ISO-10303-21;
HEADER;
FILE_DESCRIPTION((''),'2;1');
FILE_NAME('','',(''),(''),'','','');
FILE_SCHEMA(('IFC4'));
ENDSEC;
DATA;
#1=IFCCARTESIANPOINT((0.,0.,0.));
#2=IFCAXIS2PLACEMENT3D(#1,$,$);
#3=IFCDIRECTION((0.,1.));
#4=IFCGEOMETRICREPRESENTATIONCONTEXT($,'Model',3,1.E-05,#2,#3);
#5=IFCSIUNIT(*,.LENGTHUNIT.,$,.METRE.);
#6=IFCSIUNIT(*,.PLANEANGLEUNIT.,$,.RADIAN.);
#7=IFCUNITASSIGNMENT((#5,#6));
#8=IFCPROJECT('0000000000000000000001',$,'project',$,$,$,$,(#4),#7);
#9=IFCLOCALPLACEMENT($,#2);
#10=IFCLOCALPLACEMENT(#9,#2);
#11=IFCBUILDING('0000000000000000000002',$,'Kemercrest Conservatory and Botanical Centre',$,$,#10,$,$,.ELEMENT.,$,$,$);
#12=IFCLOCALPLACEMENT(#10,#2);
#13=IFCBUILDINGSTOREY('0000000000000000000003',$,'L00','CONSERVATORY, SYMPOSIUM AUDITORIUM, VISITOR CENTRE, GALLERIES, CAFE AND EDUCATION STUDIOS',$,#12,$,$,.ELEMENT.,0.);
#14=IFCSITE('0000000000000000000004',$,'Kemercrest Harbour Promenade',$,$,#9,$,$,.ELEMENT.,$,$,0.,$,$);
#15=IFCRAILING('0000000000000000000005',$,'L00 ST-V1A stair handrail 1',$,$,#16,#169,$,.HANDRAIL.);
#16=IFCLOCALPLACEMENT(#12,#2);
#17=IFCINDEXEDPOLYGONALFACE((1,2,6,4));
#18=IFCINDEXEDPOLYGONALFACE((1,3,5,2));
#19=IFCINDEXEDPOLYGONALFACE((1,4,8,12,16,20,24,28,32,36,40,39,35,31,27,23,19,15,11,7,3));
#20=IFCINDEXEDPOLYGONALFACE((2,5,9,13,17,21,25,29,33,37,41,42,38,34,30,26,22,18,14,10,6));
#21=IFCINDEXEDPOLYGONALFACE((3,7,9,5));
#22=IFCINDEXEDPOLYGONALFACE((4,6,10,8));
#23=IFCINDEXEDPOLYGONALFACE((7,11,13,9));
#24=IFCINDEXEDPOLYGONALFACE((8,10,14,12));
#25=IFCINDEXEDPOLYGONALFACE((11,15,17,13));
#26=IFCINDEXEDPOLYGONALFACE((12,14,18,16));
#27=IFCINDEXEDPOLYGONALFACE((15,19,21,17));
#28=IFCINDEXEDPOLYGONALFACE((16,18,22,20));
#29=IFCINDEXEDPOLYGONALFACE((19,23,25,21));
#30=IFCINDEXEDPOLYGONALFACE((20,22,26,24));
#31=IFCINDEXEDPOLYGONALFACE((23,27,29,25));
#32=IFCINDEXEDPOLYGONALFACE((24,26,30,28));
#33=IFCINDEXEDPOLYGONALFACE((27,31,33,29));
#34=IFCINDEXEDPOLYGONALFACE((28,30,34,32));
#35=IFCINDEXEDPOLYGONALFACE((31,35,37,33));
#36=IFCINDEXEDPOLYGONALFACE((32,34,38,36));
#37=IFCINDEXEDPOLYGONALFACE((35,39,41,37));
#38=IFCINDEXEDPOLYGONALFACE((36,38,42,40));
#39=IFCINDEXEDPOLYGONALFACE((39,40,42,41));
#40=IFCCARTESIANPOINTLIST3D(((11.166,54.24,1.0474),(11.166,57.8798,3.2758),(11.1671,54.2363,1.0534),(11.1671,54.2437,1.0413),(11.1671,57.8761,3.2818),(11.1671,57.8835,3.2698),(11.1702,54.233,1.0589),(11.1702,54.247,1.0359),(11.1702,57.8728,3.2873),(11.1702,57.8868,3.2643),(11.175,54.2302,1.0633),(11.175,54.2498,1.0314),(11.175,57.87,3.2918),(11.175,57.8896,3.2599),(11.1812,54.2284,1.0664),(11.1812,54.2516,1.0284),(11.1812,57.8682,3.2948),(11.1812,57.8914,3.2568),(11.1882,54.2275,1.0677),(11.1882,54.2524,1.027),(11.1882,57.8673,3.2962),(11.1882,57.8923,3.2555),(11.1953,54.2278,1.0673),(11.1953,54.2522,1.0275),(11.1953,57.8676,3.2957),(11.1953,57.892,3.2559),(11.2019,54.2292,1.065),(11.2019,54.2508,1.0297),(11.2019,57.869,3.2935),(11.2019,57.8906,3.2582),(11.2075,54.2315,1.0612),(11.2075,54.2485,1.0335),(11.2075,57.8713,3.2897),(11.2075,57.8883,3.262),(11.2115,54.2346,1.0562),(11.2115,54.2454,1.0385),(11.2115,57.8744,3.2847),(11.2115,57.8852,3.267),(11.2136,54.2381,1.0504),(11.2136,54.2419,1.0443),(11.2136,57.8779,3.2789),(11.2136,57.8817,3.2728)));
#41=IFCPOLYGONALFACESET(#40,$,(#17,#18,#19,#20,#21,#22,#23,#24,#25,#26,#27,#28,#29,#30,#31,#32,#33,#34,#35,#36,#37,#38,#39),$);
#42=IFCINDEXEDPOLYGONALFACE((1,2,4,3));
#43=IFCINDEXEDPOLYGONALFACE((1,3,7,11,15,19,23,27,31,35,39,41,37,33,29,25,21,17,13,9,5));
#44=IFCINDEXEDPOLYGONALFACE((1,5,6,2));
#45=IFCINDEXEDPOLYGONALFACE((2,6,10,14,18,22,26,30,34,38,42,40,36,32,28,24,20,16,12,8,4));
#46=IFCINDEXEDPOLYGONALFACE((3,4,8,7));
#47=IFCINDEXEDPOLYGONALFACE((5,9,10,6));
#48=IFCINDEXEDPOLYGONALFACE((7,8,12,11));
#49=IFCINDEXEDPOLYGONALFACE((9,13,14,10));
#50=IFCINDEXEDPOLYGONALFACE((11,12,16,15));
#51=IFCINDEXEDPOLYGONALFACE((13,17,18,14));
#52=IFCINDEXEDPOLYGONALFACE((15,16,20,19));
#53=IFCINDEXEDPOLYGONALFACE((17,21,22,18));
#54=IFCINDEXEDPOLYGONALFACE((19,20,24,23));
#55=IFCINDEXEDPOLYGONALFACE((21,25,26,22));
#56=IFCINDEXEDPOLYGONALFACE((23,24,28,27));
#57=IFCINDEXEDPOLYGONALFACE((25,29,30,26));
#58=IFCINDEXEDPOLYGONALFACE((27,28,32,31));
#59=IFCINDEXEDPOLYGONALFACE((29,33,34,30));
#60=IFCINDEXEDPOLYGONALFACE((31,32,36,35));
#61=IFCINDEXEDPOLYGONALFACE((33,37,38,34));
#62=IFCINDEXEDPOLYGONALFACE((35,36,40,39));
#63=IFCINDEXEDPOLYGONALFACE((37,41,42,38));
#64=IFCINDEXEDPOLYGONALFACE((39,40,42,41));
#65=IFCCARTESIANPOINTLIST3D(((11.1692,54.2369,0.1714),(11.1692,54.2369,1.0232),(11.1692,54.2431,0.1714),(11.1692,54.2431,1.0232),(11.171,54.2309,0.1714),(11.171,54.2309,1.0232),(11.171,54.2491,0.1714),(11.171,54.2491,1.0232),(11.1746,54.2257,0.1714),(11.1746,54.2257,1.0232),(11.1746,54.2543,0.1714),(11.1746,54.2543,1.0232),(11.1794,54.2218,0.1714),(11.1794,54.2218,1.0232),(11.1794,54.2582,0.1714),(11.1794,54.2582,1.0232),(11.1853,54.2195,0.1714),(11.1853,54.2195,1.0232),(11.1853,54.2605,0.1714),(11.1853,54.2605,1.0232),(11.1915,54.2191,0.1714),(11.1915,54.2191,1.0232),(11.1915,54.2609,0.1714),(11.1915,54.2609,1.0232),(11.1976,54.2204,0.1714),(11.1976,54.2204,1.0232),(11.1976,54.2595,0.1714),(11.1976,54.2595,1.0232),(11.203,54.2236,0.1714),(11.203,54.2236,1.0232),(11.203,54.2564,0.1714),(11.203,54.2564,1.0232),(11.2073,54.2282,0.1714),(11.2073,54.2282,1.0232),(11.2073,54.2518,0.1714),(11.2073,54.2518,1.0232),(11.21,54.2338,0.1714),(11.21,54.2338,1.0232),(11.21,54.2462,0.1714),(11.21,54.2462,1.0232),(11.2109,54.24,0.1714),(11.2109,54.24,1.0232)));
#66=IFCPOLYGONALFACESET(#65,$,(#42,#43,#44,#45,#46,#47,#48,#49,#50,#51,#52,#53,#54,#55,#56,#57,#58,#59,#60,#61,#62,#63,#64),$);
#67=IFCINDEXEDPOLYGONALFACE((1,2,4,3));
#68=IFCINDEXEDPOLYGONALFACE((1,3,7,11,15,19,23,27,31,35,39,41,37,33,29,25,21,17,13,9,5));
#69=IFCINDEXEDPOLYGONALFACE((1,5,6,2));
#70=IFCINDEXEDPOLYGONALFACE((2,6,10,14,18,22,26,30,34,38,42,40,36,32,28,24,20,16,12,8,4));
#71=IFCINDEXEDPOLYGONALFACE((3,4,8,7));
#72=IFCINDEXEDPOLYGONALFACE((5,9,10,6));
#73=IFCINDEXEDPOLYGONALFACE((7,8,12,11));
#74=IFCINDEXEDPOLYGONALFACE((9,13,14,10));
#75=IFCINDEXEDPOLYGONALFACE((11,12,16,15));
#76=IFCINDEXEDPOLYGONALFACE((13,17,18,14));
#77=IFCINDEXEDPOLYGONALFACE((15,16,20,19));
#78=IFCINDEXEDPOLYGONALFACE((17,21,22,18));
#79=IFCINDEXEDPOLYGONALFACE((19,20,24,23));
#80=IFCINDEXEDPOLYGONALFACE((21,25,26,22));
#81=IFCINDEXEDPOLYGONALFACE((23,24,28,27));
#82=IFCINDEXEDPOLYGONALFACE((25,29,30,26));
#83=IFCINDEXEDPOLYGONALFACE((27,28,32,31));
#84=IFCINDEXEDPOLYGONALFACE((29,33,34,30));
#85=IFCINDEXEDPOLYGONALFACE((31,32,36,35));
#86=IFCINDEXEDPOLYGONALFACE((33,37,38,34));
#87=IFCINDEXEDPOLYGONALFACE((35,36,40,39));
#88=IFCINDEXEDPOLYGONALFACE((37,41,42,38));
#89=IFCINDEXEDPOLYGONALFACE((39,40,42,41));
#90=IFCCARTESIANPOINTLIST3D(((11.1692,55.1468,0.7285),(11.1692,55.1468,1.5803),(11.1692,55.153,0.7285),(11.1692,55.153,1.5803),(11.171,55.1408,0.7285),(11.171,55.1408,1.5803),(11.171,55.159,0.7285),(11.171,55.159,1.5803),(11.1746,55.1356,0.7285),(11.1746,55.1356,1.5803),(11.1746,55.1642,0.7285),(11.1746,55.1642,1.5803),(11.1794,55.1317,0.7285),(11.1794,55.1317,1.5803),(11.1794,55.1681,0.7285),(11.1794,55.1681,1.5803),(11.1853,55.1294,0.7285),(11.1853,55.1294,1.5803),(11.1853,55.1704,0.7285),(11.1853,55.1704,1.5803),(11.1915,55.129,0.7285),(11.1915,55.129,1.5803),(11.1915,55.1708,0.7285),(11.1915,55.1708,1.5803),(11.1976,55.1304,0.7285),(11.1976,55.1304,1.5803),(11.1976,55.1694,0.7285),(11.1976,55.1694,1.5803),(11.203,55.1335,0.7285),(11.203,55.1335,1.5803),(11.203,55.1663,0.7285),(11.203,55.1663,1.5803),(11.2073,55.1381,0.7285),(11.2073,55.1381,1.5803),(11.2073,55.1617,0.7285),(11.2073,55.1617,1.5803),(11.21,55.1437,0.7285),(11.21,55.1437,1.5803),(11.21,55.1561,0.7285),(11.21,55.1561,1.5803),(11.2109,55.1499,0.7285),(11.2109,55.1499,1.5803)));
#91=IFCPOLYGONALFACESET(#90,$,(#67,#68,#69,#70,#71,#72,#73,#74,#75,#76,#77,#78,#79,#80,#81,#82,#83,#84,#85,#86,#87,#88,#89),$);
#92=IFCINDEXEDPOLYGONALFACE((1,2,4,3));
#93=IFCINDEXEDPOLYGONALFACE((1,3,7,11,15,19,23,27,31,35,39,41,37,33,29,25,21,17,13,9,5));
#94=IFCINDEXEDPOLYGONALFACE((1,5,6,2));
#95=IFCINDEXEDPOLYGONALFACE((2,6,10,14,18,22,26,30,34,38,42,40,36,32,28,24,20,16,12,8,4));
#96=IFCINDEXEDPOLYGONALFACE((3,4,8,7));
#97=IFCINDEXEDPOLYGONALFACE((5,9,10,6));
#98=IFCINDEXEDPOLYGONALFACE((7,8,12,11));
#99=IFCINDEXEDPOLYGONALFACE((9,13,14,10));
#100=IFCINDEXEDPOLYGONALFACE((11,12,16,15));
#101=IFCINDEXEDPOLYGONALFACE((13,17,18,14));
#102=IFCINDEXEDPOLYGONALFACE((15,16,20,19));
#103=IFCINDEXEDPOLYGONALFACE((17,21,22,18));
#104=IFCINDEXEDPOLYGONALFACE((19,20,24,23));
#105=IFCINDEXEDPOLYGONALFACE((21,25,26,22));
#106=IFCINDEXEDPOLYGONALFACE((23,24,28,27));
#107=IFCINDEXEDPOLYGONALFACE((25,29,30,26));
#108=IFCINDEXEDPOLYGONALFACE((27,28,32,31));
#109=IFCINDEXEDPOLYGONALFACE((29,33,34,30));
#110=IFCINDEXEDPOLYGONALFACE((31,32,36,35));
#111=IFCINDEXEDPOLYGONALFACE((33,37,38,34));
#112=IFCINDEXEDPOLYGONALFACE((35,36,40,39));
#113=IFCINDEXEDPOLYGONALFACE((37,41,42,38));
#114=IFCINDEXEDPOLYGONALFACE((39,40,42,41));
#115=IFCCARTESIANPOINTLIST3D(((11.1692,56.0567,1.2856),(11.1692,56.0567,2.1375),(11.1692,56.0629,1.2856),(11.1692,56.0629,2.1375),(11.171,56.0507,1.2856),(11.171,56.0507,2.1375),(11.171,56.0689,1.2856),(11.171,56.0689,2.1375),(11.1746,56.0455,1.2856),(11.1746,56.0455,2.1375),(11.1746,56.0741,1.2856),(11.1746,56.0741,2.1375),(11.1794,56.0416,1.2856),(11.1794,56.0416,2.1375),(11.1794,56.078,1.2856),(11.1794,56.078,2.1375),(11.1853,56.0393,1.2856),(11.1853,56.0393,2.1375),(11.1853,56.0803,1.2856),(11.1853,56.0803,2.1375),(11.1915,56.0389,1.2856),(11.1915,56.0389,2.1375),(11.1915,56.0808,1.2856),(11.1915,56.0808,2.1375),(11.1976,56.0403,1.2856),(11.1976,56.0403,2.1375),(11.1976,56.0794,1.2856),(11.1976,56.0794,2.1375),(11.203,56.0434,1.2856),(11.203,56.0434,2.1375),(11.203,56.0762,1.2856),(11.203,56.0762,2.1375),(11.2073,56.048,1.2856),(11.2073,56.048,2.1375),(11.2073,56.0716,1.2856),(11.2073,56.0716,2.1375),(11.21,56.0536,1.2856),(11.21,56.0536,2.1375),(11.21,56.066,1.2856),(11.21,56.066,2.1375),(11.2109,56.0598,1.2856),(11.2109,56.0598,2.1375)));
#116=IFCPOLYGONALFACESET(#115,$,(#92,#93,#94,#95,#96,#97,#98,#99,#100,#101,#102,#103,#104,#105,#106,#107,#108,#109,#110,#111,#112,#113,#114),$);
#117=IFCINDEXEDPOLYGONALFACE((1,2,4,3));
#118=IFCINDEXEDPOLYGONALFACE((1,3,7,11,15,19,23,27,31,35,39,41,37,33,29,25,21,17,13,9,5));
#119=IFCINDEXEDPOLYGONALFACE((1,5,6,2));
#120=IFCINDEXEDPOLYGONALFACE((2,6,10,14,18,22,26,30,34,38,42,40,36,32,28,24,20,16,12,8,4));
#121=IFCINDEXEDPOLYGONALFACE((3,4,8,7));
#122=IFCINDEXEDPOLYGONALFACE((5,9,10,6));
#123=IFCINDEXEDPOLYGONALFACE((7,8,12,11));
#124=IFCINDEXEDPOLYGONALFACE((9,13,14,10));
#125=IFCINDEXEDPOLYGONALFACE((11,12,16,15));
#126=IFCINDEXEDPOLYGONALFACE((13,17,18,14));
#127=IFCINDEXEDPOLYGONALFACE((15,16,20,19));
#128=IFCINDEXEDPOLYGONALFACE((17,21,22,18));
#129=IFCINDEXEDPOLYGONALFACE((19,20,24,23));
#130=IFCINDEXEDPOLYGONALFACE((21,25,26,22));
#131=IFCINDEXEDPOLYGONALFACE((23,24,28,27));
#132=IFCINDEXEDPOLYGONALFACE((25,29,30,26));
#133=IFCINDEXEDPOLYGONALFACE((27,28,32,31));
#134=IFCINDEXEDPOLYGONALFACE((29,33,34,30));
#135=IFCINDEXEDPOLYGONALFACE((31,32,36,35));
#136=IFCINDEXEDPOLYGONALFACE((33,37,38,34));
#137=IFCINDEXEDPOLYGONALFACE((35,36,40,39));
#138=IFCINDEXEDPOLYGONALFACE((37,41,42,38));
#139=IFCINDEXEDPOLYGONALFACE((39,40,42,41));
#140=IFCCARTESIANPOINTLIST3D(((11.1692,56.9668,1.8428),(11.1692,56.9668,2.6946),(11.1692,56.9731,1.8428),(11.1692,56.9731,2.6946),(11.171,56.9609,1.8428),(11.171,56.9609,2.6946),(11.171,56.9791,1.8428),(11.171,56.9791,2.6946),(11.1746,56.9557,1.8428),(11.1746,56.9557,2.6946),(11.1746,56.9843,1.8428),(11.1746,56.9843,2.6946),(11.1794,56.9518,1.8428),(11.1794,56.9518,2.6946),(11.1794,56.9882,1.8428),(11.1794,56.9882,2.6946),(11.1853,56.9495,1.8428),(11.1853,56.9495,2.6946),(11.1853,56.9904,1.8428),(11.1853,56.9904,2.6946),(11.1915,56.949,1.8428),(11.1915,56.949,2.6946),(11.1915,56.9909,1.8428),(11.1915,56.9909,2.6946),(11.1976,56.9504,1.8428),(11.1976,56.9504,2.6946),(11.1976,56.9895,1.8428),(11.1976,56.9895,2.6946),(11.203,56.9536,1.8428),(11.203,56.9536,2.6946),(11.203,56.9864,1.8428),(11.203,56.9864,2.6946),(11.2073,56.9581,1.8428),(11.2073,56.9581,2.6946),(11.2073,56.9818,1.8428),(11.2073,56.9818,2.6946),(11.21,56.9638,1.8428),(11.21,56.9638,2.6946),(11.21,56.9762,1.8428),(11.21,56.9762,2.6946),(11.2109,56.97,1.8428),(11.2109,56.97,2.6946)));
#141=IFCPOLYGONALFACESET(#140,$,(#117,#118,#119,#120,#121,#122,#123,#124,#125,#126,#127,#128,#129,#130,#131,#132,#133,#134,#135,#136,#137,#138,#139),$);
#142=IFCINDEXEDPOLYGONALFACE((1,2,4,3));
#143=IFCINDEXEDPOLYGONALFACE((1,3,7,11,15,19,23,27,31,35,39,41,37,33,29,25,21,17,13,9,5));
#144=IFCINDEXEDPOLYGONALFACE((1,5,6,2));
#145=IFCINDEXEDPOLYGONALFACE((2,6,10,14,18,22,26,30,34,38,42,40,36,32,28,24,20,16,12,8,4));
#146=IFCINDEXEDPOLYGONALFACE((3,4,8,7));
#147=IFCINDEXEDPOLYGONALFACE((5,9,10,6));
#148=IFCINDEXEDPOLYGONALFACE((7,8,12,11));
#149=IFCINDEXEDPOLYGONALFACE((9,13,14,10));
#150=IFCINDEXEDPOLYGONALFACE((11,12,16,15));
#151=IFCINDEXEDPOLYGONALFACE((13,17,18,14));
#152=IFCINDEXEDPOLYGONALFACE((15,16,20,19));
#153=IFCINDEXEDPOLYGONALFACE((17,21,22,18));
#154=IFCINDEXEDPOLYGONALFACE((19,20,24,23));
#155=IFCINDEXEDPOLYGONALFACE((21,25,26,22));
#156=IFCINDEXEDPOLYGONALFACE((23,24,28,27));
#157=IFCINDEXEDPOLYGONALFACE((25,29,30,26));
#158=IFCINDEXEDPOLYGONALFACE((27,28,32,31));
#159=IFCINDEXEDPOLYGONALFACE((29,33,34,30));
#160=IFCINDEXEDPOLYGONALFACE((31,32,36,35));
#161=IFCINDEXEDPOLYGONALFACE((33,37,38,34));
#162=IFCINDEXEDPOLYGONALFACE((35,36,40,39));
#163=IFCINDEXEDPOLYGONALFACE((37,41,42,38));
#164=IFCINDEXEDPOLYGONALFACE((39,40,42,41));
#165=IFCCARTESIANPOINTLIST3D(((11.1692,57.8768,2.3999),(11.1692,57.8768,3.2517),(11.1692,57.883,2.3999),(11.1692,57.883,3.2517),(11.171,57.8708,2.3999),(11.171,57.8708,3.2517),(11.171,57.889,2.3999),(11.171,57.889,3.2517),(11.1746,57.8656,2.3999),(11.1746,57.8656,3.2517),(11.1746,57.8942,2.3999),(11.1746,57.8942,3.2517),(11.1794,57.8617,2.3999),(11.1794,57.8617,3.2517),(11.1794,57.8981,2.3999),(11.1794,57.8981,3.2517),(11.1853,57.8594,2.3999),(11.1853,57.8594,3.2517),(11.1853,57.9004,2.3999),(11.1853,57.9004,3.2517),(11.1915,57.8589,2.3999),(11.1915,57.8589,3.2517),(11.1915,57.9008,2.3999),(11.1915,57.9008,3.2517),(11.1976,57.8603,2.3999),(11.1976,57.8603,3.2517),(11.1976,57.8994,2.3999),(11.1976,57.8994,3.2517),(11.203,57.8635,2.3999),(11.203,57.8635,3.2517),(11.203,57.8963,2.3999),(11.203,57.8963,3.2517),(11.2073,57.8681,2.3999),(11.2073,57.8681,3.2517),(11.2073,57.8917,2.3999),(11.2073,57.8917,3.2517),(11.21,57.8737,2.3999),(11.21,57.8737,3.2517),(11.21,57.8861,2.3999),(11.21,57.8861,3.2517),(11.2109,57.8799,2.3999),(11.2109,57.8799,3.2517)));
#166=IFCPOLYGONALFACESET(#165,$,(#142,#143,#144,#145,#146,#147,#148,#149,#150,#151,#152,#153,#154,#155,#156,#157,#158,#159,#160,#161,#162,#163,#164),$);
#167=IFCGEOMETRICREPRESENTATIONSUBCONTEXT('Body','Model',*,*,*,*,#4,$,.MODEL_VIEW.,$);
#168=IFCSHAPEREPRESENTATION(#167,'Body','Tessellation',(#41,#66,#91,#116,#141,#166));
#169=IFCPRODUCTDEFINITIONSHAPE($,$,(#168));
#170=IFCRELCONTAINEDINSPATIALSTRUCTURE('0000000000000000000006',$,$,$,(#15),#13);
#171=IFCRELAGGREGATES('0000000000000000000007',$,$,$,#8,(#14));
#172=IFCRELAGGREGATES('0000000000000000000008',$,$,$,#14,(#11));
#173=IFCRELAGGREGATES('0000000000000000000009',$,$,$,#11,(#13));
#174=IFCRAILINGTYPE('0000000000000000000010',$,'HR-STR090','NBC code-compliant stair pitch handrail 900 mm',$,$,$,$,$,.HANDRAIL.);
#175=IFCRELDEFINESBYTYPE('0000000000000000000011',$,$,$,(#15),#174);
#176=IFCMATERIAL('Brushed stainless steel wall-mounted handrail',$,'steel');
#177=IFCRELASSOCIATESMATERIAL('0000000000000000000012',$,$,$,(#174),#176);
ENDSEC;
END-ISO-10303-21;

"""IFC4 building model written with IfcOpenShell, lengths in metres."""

from ifc_helpers import new_model, si_unit, direction, frame, origin, origin_2d, place, context, subcontext, project, spatial, circle, extrude, material, type_object, element, save


model = new_model("IFC4")

# Units and contexts
model_context = context("Model", 3, precision=1e-05, world=origin(), true_north=direction((0.0, 1.0)))
body_context = subcontext(model_context, "Body", "Model", "MODEL_VIEW")
ifc_project = project(units=[si_unit("LENGTHUNIT", "METRE"), si_unit("PLANEANGLEUNIT", "RADIAN")], contexts=[model_context])

# Site, building, storey
site_placement = place(None, origin())
site = spatial("IfcSite", under=ifc_project, at=site_placement, Name="Kemercrest Harbour Promenade", CompositionType="ELEMENT", RefElevation=0.0)
building_placement = place(site_placement, origin())
building = spatial("IfcBuilding", under=site, at=building_placement, Name="Kemercrest Conservatory and Botanical Centre", CompositionType="ELEMENT")
storey_placement = place(building_placement, origin())
storey = spatial("IfcBuildingStorey", under=building, at=storey_placement, Name="L00", Description="CONSERVATORY, SYMPOSIUM AUDITORIUM, VISITOR CENTRE, GALLERIES, CAFE AND EDUCATION STUDIOS", CompositionType="ELEMENT", Elevation=0.0)

# Railing
ifc_material_1 = material(Name="Brushed stainless steel wall-mounted handrail", Category="steel")
railing_type_1 = type_object("IfcRailingType", Name="HR-STR090", Description="NBC code-compliant stair pitch handrail 900 mm", PredefinedType="HANDRAIL", material=ifc_material_1)
railing_1_placement = place(storey_placement, frame((11.1899, 54.24, 0.1714)))
element("IfcRailing", 1, at=railing_1_placement, inside=storey, type_object=railing_type_1, Name="L00 ST-V1A stair handrail 1", PredefinedType="HANDRAIL", context=body_context, shape_type="SweptSolid", body=[
    extrude(circle(Radius=0.0239, at=origin_2d()), frame((0.0, 0.0, 0.876), z_axis=(0.0, 0.85285, 0.522156), x_axis=(-1.0, 0.0, 0.0)), (0.0, 0.0, 1.0), 4.2678),
    extrude(circle(Radius=0.021, at=origin_2d()), origin(), (0.0, 0.0, 1.0), 0.8518),
    extrude(circle(Radius=0.021, at=origin_2d()), frame((0.0, 0.9099, 0.5571)), (0.0, 0.0, 1.0), 0.8518),
    extrude(circle(Radius=0.021, at=origin_2d()), frame((0.0, 1.8198, 1.1143)), (0.0, 0.0, 1.0), 0.8518),
    extrude(circle(Radius=0.021, at=origin_2d()), frame((0.0, 2.73, 1.6714)), (0.0, 0.0, 1.0), 0.8518),
    extrude(circle(Radius=0.021, at=origin_2d()), frame((0.0, 3.6399, 2.2285)), (0.0, 0.0, 1.0), 0.8518),
])

save(model, "model.ifc")
